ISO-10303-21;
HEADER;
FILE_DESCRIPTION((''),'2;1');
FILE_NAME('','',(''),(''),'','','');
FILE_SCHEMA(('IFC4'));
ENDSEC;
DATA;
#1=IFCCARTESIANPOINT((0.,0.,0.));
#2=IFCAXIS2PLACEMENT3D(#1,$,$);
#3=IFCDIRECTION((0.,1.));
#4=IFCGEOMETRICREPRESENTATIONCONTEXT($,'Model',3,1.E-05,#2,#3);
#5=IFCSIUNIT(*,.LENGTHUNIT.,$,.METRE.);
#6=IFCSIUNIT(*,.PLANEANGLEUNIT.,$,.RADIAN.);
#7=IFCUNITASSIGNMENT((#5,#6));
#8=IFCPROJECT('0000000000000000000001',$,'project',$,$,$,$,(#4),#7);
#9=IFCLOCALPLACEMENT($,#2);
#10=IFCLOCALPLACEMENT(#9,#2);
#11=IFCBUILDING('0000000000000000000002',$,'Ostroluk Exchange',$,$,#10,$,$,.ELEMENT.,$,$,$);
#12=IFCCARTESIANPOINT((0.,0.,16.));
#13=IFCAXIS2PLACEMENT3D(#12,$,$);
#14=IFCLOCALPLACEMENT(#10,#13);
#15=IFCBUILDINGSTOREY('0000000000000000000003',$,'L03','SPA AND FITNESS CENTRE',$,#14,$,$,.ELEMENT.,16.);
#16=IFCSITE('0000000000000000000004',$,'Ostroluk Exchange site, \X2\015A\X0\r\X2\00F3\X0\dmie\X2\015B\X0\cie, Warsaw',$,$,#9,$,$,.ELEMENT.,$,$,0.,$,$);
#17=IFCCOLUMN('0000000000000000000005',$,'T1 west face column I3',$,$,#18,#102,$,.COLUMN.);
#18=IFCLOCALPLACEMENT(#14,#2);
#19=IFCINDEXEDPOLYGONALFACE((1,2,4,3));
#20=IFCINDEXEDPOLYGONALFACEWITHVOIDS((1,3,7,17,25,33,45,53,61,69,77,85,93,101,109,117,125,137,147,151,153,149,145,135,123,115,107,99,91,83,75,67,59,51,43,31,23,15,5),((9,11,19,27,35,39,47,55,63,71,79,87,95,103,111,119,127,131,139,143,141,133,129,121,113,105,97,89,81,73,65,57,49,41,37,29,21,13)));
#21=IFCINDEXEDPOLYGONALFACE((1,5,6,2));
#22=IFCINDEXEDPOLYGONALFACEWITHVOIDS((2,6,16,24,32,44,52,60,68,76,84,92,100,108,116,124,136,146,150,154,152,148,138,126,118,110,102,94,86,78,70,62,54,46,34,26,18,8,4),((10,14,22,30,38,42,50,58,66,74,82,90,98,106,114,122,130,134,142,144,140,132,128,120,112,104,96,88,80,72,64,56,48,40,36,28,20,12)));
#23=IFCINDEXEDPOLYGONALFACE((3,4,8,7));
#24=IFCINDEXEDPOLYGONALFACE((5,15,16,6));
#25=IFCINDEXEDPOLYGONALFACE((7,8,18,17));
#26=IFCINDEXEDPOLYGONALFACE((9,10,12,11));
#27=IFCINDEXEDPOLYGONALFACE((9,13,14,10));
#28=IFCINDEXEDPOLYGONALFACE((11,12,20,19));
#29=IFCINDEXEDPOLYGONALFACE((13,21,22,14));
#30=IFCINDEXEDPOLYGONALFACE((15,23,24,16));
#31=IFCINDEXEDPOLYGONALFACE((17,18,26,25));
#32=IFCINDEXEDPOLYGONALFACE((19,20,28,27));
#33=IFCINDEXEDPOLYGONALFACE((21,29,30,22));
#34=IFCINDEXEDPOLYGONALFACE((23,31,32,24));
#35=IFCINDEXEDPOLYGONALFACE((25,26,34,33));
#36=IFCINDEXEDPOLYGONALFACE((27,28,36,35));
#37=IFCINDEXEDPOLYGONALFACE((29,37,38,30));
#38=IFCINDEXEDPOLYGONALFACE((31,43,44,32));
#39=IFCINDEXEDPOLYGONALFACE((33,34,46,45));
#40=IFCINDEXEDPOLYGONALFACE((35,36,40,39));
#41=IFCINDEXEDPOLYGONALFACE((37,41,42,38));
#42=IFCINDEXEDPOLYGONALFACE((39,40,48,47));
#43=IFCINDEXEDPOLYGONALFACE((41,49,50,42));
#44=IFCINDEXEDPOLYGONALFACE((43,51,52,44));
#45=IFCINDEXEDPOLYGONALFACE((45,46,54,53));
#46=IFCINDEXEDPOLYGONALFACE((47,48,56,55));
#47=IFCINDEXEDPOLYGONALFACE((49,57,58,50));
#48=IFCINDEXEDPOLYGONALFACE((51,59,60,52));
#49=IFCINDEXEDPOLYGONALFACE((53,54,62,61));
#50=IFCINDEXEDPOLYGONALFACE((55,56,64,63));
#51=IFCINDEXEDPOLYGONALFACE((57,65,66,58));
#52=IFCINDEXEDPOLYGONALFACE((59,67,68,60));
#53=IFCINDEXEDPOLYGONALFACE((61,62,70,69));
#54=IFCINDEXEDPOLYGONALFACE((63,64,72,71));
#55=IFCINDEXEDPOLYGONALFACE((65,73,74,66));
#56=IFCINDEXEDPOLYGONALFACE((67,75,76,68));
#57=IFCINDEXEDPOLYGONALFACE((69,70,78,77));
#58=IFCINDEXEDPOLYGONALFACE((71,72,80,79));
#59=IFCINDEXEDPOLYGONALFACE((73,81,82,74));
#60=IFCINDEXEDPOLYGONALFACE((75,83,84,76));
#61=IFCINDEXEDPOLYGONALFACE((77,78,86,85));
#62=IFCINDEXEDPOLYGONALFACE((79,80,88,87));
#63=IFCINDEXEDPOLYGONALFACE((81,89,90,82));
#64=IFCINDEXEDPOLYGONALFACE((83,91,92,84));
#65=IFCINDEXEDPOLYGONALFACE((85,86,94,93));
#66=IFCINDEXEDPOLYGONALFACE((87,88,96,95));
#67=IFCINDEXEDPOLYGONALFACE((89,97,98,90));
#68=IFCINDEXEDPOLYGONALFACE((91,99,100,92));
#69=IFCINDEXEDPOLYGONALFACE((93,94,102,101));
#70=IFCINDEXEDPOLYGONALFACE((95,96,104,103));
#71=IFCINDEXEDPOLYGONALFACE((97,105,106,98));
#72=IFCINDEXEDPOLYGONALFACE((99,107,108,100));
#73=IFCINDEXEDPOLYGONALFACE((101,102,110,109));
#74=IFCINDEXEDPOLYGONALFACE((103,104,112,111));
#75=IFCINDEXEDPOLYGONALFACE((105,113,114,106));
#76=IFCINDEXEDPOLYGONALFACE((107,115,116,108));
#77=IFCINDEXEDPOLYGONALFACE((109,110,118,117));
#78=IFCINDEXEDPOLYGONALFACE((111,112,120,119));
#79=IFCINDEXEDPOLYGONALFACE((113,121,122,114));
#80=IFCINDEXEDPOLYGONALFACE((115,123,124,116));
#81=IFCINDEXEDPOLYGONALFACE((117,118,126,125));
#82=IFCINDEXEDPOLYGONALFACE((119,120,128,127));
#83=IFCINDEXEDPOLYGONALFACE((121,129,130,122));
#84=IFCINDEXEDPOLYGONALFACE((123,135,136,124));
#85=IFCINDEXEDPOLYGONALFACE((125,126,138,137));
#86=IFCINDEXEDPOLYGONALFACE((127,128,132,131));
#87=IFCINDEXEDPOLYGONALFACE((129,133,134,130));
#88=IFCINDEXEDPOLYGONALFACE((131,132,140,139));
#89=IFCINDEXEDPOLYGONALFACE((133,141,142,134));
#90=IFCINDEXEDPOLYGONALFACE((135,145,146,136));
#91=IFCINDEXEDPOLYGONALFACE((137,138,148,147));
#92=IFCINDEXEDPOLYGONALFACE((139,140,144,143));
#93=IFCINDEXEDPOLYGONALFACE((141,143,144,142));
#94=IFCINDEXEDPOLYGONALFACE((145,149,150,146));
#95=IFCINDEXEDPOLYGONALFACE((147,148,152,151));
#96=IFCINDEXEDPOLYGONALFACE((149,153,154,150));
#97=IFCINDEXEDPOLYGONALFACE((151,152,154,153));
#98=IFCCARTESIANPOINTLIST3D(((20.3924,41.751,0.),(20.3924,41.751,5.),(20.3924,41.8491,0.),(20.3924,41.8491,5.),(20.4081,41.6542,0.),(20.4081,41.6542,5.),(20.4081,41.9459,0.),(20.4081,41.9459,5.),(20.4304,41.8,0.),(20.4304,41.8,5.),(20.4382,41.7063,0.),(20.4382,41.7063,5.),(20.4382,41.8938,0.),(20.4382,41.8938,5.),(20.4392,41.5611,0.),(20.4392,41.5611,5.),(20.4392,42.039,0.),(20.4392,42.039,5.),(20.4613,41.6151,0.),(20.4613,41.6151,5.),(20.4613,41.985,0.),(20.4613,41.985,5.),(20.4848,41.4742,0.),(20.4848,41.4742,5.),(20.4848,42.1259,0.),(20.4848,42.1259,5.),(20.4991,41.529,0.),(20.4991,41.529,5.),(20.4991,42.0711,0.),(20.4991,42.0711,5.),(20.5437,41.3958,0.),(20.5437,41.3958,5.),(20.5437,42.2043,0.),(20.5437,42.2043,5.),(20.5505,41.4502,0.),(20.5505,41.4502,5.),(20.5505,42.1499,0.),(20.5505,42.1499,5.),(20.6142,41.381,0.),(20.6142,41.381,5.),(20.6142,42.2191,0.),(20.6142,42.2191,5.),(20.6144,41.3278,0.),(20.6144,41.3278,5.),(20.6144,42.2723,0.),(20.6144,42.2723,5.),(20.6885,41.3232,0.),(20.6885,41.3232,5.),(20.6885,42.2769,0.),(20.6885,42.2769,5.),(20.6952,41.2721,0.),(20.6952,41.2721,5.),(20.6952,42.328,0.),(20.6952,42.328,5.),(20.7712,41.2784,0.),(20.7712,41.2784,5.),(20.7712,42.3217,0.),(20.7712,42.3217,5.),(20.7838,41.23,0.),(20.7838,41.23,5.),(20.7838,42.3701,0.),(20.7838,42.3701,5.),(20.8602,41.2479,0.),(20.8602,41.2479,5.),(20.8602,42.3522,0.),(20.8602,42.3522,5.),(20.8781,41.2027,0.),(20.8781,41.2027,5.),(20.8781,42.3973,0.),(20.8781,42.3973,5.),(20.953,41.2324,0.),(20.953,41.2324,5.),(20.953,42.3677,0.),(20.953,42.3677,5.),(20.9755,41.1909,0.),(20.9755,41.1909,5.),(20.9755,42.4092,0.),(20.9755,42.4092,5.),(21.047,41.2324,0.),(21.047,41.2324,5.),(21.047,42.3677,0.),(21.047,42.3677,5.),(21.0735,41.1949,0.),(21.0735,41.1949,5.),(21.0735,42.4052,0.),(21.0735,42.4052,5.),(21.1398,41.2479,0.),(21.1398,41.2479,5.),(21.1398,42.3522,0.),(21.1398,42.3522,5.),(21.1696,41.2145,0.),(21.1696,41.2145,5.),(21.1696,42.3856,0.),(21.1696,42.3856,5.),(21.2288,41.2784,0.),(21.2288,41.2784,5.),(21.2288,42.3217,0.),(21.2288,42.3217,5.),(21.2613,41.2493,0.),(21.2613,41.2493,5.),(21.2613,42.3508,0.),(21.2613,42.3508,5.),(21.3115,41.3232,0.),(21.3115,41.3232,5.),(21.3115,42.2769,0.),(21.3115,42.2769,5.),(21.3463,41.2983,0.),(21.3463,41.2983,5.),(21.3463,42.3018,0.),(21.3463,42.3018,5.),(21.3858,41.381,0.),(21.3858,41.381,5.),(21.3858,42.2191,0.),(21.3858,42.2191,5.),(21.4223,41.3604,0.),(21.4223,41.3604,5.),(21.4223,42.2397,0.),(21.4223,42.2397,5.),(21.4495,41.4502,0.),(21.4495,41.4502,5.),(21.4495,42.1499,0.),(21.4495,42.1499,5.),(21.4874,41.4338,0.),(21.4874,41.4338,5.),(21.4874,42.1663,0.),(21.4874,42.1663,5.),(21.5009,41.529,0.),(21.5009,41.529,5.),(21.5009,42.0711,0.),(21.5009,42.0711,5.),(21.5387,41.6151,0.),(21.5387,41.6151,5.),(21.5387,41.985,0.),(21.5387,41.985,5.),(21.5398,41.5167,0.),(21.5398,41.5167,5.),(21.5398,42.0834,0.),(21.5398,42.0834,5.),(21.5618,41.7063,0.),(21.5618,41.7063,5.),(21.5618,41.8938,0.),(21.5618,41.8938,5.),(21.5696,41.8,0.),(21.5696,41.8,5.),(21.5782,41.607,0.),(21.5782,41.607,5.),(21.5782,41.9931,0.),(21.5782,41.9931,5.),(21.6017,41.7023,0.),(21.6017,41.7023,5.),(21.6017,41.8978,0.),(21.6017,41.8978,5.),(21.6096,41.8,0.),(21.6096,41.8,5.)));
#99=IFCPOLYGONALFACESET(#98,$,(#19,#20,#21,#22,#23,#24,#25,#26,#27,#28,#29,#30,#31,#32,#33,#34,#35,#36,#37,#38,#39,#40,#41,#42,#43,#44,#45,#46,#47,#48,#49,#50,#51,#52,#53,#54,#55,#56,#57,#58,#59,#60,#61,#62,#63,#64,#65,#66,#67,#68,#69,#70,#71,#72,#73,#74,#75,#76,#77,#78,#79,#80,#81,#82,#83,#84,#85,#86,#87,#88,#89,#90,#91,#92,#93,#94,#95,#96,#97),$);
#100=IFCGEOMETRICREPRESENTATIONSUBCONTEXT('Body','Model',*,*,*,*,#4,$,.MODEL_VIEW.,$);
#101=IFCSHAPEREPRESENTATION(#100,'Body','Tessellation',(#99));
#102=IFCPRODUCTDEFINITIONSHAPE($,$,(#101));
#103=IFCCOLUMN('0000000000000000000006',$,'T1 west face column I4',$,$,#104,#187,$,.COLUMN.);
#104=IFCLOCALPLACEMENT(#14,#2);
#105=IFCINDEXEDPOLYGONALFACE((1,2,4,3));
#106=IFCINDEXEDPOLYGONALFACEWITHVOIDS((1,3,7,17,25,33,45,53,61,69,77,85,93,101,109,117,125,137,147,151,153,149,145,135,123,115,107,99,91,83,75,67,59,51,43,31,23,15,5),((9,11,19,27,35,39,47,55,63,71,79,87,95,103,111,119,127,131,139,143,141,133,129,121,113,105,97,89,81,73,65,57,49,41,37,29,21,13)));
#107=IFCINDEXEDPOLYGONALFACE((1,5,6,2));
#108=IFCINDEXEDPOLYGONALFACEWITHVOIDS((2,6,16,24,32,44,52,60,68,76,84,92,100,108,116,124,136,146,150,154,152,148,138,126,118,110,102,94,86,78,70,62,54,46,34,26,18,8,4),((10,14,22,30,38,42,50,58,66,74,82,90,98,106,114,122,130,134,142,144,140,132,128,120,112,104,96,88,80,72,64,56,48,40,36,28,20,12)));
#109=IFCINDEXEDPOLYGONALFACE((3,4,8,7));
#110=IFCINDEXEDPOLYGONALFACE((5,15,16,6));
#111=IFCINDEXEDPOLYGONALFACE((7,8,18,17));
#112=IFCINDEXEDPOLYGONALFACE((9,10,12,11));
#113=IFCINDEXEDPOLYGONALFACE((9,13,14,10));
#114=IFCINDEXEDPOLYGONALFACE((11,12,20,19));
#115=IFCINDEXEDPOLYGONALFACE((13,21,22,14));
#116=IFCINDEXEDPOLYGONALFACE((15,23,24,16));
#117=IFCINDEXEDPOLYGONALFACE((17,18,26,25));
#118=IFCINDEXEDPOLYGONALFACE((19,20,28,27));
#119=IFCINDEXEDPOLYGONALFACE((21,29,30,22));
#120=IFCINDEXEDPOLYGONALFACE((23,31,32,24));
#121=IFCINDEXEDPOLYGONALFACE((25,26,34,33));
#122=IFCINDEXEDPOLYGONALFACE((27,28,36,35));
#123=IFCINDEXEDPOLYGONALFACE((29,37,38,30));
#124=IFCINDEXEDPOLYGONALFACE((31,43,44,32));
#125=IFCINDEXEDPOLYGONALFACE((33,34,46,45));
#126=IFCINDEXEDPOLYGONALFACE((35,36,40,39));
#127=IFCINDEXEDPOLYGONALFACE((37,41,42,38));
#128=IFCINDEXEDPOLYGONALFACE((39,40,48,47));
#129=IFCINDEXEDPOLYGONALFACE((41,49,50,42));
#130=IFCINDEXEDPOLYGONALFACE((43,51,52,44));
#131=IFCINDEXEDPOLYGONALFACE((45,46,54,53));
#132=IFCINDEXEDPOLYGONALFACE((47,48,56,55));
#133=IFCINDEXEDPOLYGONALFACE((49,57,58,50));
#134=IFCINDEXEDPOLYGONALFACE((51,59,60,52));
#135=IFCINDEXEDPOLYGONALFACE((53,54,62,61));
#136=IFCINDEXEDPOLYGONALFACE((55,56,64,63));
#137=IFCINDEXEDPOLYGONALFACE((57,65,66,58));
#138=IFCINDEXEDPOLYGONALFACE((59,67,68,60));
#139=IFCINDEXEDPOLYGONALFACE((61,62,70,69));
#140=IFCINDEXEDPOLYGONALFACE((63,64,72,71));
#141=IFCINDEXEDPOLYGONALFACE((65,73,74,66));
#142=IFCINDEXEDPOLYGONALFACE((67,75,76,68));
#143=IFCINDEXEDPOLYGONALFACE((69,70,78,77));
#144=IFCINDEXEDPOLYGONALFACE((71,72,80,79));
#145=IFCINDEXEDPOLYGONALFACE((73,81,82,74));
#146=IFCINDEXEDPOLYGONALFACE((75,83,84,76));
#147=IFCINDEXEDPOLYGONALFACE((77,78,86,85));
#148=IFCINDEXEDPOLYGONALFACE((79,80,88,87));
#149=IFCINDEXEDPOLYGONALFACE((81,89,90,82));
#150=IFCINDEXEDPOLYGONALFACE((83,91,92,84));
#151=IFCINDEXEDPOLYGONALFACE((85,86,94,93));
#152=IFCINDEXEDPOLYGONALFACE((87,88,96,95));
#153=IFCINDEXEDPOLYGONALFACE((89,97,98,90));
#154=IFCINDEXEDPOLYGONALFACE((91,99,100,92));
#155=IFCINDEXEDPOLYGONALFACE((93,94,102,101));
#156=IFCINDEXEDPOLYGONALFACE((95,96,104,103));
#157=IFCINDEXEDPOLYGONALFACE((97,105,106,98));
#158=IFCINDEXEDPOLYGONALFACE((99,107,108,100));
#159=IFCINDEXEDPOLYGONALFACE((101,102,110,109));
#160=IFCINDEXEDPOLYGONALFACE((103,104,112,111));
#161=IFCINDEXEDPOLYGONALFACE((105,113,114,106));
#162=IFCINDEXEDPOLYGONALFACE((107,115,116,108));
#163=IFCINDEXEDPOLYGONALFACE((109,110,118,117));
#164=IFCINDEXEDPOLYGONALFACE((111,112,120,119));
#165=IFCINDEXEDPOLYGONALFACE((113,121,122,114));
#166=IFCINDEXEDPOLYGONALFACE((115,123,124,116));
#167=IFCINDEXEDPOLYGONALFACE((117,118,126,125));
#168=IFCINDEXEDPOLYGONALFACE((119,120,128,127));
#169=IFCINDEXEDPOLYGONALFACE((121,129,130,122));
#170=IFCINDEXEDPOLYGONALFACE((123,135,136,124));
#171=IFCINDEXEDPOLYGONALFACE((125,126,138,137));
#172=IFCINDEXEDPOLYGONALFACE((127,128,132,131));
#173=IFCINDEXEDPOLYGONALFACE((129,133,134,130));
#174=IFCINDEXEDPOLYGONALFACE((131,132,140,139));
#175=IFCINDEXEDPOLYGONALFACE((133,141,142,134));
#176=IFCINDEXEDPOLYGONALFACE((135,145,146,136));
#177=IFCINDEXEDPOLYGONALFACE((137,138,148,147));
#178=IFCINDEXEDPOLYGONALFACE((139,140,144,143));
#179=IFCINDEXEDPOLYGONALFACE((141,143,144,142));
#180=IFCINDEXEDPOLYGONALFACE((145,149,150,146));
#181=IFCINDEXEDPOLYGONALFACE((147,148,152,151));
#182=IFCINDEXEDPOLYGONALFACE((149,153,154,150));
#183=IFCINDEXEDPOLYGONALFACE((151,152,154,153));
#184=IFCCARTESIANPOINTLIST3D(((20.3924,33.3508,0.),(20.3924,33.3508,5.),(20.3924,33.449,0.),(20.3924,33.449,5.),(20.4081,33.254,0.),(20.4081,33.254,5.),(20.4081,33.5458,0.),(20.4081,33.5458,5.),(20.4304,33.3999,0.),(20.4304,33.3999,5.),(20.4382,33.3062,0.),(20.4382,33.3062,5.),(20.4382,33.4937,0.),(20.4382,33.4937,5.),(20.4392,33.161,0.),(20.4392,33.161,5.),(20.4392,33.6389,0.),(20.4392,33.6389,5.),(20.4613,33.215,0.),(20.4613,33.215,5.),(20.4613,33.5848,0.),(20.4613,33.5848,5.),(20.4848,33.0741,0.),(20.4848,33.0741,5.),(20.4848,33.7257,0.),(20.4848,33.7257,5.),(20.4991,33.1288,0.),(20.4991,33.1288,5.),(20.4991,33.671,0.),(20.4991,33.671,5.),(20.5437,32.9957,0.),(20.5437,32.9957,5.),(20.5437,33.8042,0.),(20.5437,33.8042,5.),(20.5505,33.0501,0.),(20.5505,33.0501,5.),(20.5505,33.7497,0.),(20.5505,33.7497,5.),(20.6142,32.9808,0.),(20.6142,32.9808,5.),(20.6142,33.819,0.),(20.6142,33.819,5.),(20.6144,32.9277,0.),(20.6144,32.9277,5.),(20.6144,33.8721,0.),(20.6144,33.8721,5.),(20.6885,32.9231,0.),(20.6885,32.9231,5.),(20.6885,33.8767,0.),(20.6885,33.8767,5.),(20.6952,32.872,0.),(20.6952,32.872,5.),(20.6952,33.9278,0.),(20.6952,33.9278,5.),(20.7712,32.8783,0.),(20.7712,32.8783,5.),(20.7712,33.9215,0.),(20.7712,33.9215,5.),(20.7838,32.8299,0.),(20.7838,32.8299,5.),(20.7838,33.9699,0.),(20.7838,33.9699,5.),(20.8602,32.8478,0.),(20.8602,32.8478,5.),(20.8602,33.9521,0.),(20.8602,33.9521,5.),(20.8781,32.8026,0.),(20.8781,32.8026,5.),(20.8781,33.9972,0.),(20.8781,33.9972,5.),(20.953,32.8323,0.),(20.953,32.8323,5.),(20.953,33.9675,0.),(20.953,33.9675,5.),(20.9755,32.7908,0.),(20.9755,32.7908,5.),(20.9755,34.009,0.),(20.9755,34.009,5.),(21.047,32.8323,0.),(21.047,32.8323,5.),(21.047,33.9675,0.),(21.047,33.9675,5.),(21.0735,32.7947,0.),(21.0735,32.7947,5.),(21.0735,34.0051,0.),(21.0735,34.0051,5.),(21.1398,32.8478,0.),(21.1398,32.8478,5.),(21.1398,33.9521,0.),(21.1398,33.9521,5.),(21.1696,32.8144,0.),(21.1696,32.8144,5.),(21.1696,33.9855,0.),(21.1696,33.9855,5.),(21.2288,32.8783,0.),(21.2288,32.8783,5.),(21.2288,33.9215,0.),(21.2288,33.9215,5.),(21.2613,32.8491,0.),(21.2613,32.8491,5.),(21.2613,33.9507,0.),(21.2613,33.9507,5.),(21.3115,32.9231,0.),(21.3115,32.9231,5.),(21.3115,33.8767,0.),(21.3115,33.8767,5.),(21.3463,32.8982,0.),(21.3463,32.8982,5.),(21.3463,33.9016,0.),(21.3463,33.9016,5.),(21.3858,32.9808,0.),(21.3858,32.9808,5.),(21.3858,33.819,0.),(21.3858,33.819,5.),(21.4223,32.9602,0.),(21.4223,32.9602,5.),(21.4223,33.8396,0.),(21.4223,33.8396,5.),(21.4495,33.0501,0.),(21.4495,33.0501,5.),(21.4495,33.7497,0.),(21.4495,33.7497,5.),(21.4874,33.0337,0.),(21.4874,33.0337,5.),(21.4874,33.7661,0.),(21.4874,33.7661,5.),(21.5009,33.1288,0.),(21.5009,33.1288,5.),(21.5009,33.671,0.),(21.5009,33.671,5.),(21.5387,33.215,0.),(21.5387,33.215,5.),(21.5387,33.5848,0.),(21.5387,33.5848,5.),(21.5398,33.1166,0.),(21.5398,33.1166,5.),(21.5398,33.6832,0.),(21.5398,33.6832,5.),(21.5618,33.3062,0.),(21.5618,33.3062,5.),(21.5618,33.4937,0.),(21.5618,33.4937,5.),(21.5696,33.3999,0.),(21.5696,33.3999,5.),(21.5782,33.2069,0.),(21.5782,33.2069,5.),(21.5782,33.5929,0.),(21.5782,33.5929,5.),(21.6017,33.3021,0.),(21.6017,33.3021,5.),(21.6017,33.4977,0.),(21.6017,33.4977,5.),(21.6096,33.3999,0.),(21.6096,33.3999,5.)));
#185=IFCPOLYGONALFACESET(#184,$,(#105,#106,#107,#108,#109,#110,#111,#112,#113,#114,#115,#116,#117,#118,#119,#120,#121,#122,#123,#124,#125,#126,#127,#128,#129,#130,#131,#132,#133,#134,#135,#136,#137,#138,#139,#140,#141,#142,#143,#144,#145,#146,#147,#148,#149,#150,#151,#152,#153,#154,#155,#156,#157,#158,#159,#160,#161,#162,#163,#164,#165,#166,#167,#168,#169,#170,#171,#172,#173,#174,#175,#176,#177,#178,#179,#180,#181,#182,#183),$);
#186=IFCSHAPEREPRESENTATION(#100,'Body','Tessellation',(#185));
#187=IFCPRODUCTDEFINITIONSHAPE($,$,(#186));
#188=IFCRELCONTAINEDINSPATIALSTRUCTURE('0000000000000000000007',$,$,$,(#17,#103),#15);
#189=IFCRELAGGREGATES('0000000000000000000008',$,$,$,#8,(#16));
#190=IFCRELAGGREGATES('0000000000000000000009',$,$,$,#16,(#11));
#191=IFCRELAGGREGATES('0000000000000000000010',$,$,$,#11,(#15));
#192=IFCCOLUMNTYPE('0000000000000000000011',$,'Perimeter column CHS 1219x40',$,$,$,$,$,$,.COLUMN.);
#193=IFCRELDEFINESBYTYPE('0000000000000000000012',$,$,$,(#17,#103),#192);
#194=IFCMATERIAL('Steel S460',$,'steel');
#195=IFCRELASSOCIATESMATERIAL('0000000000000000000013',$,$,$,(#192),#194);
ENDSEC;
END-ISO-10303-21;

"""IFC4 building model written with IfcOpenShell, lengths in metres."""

from ifc_helpers import new_model, si_unit, direction, frame, origin, origin_2d, place, context, subcontext, project, spatial, hollow_circle, extrude, material, material_profile, profile_set, type_object, element, save


model = new_model("IFC4")

# Units and contexts
model_context = context("Model", 3, precision=1e-05, world=origin(), true_north=direction((0.0, 1.0)))
body_context = subcontext(model_context, "Body", "Model", "MODEL_VIEW")
ifc_project = project(units=[si_unit("LENGTHUNIT", "METRE"), si_unit("PLANEANGLEUNIT", "RADIAN")], contexts=[model_context])

# Site, building, storey
site_placement = place(None, origin())
site = spatial("IfcSite", under=ifc_project, at=site_placement, Name="Ostroluk Exchange site, Śródmieście, Warsaw", CompositionType="ELEMENT", RefElevation=0.0)
building_placement = place(site_placement, origin())
building = spatial("IfcBuilding", under=site, at=building_placement, Name="Ostroluk Exchange", CompositionType="ELEMENT")
storey_placement = place(building_placement, frame((0.0, 0.0, 16.0)))
storey = spatial("IfcBuildingStorey", under=building, at=storey_placement, Name="L03", Description="SPA AND FITNESS CENTRE", CompositionType="ELEMENT", Elevation=16.0)

# Columns
ifc_material_1 = material(Name="Steel S460", Category="steel")
ifc_material_profile_1 = material_profile(ifc_material_1, hollow_circle(Radius=0.6096, WallThickness=0.04, at=origin_2d()), Name="CHS 1219x40")
ifc_profile_set_1 = profile_set([ifc_material_profile_1], Name="Steel S460")
column_type = type_object("IfcColumnType", Name="Perimeter column CHS 1219x40", PredefinedType="COLUMN", material=ifc_profile_set_1)
for number, where, z_axis, x_axis, name in (
    (1, (21.0, 41.8, 0.0), (0.0, 0.0, 1.0), (1.0, 0.0, 0.0), "T1 west face column I3"),
    (2, (21.0, 33.3999, 0.0), (0.0, 0.0, 1.0), (1.0, 0.0, 0.0), "T1 west face column I4"),
):
    element("IfcColumn", number, at=place(storey_placement, frame(where, z_axis=z_axis, x_axis=x_axis)), inside=storey, type_object=column_type, Name=name, PredefinedType="COLUMN", context=body_context, shape_type="SweptSolid", body=[
        extrude(hollow_circle(Radius=0.6096, WallThickness=0.04, at=origin_2d()), origin(), (0.0, 0.0, 1.0), 5.0),
    ])

save(model, "model.ifc")
